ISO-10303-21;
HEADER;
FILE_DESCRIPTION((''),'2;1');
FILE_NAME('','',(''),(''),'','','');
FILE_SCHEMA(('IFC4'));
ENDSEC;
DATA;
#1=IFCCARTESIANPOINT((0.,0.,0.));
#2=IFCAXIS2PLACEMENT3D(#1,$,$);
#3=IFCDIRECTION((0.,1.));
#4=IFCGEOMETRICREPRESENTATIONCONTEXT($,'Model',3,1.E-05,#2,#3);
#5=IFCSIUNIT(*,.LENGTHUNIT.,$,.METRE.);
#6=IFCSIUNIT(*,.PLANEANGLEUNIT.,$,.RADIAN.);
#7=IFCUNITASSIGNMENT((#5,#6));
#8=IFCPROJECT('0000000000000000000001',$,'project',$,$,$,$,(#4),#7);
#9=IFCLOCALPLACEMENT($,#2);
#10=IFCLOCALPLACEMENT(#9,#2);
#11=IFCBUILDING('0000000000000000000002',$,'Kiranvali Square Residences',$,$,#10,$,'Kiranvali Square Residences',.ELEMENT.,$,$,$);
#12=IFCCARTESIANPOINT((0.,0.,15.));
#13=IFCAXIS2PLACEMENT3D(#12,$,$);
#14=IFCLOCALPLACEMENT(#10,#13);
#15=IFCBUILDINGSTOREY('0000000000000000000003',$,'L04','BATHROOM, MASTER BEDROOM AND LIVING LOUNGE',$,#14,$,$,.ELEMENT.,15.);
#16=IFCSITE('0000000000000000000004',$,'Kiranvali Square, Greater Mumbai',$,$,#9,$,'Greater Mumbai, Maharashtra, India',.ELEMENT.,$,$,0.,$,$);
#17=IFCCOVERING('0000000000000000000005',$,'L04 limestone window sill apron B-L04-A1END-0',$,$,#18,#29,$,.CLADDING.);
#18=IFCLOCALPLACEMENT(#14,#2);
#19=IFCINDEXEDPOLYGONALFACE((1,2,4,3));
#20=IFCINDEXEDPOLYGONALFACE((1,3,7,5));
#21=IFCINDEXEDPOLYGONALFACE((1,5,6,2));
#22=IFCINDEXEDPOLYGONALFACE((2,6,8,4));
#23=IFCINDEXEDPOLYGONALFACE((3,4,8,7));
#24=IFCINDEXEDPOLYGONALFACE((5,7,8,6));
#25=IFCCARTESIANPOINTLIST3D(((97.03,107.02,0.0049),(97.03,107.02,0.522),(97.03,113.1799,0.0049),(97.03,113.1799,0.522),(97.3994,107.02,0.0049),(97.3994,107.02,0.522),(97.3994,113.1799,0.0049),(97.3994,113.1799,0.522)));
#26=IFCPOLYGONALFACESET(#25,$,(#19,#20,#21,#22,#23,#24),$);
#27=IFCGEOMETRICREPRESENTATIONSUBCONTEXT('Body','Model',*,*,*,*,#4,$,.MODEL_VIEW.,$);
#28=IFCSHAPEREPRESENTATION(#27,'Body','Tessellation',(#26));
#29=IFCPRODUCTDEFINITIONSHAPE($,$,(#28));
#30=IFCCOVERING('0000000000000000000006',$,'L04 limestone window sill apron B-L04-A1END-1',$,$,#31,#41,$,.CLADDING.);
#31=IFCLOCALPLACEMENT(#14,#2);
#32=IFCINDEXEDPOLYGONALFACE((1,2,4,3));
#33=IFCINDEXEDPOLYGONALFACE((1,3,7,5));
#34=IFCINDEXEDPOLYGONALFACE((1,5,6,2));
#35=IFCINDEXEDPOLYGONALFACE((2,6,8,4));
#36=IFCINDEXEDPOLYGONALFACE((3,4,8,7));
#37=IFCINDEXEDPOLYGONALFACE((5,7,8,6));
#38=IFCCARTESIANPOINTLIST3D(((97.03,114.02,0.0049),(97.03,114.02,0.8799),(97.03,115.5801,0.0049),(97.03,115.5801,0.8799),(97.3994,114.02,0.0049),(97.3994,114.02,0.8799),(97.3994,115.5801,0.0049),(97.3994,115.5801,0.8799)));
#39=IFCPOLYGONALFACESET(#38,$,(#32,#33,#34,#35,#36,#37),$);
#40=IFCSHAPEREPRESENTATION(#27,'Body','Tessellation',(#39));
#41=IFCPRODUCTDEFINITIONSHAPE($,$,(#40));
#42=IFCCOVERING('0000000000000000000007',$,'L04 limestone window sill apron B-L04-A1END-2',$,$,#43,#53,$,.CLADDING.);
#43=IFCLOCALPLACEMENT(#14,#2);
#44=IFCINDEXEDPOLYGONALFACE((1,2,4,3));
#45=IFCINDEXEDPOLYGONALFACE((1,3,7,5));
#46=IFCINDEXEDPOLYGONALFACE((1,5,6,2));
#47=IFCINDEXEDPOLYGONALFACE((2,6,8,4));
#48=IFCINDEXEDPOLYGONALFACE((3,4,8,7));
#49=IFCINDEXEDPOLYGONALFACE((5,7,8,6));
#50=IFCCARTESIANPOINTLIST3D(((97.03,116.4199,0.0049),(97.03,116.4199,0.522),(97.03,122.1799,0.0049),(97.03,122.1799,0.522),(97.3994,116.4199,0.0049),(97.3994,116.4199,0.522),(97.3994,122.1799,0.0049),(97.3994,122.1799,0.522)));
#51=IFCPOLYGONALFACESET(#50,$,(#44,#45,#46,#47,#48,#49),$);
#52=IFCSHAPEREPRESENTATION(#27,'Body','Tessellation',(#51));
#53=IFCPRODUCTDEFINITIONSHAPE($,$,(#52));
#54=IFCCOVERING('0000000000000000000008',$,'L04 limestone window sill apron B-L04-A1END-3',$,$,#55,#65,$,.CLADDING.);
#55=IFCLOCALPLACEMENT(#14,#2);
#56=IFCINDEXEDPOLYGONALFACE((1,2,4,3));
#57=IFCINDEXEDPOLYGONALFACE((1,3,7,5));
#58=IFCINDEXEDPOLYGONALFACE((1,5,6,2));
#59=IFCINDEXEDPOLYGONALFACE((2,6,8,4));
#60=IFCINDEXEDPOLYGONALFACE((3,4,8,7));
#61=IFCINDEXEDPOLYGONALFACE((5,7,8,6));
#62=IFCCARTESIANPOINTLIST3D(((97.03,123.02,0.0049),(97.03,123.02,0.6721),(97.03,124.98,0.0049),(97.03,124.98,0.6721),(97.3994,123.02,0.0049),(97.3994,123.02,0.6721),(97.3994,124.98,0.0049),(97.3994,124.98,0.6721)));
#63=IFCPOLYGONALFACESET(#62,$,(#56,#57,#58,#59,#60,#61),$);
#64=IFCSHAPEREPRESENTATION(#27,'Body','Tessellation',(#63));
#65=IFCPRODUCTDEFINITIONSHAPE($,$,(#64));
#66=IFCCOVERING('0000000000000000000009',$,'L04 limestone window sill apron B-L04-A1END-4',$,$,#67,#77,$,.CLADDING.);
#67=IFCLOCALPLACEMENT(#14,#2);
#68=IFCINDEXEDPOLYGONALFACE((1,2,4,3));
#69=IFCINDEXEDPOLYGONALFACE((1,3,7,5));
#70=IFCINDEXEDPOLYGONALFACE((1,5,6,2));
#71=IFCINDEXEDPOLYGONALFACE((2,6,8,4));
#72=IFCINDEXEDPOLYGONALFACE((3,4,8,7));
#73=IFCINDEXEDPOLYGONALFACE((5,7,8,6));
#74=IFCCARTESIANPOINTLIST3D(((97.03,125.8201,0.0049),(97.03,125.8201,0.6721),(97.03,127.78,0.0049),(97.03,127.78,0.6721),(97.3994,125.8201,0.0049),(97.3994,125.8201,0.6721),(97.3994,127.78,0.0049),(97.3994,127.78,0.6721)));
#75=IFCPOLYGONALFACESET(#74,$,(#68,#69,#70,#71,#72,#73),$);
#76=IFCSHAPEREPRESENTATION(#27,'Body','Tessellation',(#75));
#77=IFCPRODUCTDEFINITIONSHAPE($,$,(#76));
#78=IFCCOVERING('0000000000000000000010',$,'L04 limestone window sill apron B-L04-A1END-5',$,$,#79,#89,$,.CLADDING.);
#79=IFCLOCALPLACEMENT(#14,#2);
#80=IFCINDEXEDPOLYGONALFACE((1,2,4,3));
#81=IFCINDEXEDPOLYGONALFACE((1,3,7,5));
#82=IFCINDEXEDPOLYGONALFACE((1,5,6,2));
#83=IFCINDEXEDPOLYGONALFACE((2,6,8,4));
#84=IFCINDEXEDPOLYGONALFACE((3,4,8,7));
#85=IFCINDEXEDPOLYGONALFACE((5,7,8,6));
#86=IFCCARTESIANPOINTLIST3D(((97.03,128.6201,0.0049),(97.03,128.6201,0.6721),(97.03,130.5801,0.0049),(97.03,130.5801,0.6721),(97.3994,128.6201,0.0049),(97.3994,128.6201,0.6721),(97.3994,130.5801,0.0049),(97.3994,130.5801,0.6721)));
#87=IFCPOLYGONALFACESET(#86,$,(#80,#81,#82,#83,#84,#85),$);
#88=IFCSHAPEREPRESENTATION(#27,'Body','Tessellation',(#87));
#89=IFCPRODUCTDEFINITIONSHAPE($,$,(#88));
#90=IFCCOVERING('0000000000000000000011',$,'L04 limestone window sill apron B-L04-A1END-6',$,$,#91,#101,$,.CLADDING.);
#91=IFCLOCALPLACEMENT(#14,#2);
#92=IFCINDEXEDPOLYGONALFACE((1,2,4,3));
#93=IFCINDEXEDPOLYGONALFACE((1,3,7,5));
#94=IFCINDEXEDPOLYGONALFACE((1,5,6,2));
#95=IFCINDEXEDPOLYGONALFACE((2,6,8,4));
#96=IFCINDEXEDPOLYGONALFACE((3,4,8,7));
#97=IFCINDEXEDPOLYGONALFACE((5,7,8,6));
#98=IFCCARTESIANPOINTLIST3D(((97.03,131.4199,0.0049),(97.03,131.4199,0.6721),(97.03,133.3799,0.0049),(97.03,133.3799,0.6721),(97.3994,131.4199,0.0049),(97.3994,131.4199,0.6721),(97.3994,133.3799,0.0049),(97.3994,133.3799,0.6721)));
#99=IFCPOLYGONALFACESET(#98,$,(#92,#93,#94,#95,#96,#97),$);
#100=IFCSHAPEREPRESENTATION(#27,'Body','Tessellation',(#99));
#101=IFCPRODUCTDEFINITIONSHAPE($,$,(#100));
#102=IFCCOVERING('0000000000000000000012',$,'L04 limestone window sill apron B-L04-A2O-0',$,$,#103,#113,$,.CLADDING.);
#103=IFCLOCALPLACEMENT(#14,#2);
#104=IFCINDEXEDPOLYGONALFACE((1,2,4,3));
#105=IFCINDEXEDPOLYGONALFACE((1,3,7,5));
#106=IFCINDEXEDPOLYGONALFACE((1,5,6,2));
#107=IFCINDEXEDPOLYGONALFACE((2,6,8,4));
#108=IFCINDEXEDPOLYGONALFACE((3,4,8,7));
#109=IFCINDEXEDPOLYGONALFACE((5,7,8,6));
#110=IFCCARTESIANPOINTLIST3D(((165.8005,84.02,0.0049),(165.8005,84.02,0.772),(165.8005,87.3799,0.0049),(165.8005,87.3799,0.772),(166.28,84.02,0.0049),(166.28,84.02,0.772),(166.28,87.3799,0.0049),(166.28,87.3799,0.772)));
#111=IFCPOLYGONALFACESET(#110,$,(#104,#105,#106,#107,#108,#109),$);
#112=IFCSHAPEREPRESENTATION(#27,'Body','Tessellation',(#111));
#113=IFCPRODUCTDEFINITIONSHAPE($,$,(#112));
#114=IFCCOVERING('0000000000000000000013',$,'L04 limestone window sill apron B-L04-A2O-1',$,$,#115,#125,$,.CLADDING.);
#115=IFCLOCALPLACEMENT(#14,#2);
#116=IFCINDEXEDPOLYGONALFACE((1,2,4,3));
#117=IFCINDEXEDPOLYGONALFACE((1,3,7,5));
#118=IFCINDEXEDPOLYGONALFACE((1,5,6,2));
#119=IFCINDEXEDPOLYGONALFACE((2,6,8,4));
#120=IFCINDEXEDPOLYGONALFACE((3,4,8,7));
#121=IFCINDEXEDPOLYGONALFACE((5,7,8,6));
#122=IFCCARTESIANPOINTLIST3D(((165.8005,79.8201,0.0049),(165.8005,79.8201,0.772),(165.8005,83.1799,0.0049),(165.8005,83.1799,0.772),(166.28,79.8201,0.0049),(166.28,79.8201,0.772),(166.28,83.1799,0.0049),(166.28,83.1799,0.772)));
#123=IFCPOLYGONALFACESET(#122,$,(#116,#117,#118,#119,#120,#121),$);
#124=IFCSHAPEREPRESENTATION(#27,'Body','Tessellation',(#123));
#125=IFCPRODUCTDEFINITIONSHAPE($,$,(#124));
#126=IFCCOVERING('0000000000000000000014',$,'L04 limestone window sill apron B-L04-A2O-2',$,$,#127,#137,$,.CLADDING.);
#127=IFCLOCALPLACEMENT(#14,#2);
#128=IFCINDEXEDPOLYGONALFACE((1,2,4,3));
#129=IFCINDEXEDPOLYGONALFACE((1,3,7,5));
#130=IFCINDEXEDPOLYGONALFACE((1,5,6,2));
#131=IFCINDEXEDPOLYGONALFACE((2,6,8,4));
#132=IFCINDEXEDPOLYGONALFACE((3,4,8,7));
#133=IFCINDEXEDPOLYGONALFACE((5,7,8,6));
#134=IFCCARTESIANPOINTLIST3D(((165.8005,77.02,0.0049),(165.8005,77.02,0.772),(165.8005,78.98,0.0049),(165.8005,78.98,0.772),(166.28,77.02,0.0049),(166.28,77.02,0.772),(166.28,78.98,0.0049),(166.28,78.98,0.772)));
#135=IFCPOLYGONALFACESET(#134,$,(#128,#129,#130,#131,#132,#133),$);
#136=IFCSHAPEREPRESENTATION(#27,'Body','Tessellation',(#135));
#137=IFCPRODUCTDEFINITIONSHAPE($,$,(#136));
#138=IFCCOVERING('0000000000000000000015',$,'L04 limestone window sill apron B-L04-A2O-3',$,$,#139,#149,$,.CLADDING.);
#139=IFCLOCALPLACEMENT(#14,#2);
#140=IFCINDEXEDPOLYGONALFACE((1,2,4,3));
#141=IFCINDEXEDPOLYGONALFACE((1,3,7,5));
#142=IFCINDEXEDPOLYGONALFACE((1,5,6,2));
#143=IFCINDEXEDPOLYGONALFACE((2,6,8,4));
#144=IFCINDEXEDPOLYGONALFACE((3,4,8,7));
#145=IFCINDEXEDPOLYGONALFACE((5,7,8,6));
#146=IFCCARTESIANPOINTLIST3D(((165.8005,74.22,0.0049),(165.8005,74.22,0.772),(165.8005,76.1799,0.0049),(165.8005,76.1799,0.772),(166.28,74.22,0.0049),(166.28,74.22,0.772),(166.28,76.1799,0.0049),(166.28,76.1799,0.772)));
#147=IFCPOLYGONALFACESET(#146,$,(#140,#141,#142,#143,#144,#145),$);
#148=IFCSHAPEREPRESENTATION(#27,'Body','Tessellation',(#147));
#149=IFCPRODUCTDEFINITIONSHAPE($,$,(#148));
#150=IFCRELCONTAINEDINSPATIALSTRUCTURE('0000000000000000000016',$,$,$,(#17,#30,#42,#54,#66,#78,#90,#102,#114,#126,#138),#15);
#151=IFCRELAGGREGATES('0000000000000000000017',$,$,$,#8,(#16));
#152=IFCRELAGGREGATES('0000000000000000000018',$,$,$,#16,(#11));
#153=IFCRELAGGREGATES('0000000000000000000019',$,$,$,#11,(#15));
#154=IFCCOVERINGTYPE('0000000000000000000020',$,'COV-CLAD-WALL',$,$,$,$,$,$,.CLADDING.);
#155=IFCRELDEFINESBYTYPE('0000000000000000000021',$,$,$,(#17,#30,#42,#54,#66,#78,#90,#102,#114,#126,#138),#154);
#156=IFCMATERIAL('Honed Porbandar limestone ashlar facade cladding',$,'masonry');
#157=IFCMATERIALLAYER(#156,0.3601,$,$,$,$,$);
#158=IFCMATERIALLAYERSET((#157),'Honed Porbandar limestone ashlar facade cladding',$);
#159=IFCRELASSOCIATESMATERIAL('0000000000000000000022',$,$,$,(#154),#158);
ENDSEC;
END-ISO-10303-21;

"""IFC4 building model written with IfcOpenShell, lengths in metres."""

from ifc_helpers import new_model, si_unit, direction, frame, origin, place, context, subcontext, project, spatial, polyline, outline, extrude, material, layer, layer_set, type_object, element, save


model = new_model("IFC4")

# Units and contexts
model_context = context("Model", 3, precision=1e-05, world=origin(), true_north=direction((0.0, 1.0)))
body_context = subcontext(model_context, "Body", "Model", "MODEL_VIEW")
ifc_project = project(units=[si_unit("LENGTHUNIT", "METRE"), si_unit("PLANEANGLEUNIT", "RADIAN")], contexts=[model_context])

# Site, building, storey
site_placement = place(None, origin())
site = spatial("IfcSite", under=ifc_project, at=site_placement, Name="Kiranvali Square, Greater Mumbai", LongName="Greater Mumbai, Maharashtra, India", CompositionType="ELEMENT", RefElevation=0.0)
building_placement = place(site_placement, origin())
building = spatial("IfcBuilding", under=site, at=building_placement, Name="Kiranvali Square Residences", LongName="Kiranvali Square Residences", CompositionType="ELEMENT")
storey_placement = place(building_placement, frame((0.0, 0.0, 15.0)))
storey = spatial("IfcBuildingStorey", under=building, at=storey_placement, Name="L04", Description="BATHROOM, MASTER BEDROOM AND LIVING LOUNGE", CompositionType="ELEMENT", Elevation=15.0)

# Coverings
ifc_material_1 = material(Name="Honed Porbandar limestone ashlar facade cladding", Category="masonry")
ifc_layer_1 = layer(ifc_material_1, 0.3601)
ifc_layer_set_1 = layer_set([ifc_layer_1], Name="Honed Porbandar limestone ashlar facade cladding")
covering_type_1 = type_object("IfcCoveringType", Name="COV-CLAD-WALL", PredefinedType="CLADDING", material=ifc_layer_set_1)
covering_1_placement = place(storey_placement, frame((0.0, 0.0, 0.0049)))
element("IfcCovering", 1, at=covering_1_placement, inside=storey, type_object=covering_type_1, Name="L04 limestone window sill apron B-L04-A1END-0", PredefinedType="CLADDING", context=body_context, shape_type="SweptSolid", body=[
    extrude(outline(polyline([(97.3994, 107.02), (97.3994, 113.1799), (97.03, 113.1799), (97.03, 107.02), (97.3994, 107.02)])), origin(), (0.0, 0.0, 1.0), 0.5171),
])
covering_2_placement = place(storey_placement, frame((0.0, 0.0, 0.0049)))
element("IfcCovering", 2, at=covering_2_placement, inside=storey, type_object=covering_type_1, Name="L04 limestone window sill apron B-L04-A1END-1", PredefinedType="CLADDING", context=body_context, shape_type="SweptSolid", body=[
    extrude(outline(polyline([(97.3994, 114.02), (97.3994, 115.5801), (97.03, 115.5801), (97.03, 114.02), (97.3994, 114.02)])), origin(), (0.0, 0.0, 1.0), 0.875),
])
covering_3_placement = place(storey_placement, frame((0.0, 0.0, 0.0049)))
element("IfcCovering", 3, at=covering_3_placement, inside=storey, type_object=covering_type_1, Name="L04 limestone window sill apron B-L04-A1END-2", PredefinedType="CLADDING", context=body_context, shape_type="SweptSolid", body=[
    extrude(outline(polyline([(97.3994, 116.4199), (97.3994, 122.1799), (97.03, 122.1799), (97.03, 116.4199), (97.3994, 116.4199)])), origin(), (0.0, 0.0, 1.0), 0.5171),
])
covering_4_placement = place(storey_placement, frame((0.0, 0.0, 0.0049)))
element("IfcCovering", 4, at=covering_4_placement, inside=storey, type_object=covering_type_1, Name="L04 limestone window sill apron B-L04-A1END-3", PredefinedType="CLADDING", context=body_context, shape_type="SweptSolid", body=[
    extrude(outline(polyline([(97.3994, 123.02), (97.3994, 124.98), (97.03, 124.98), (97.03, 123.02), (97.3994, 123.02)])), origin(), (0.0, 0.0, 1.0), 0.6672),
])
covering_5_placement = place(storey_placement, frame((0.0, 0.0, 0.0049)))
element("IfcCovering", 5, at=covering_5_placement, inside=storey, type_object=covering_type_1, Name="L04 limestone window sill apron B-L04-A1END-4", PredefinedType="CLADDING", context=body_context, shape_type="SweptSolid", body=[
    extrude(outline(polyline([(97.3994, 125.8201), (97.3994, 127.78), (97.03, 127.78), (97.03, 125.8201), (97.3994, 125.8201)])), origin(), (0.0, 0.0, 1.0), 0.6672),
])
covering_6_placement = place(storey_placement, frame((0.0, 0.0, 0.0049)))
element("IfcCovering", 6, at=covering_6_placement, inside=storey, type_object=covering_type_1, Name="L04 limestone window sill apron B-L04-A1END-5", PredefinedType="CLADDING", context=body_context, shape_type="SweptSolid", body=[
    extrude(outline(polyline([(97.3994, 128.6201), (97.3994, 130.5801), (97.03, 130.5801), (97.03, 128.6201), (97.3994, 128.6201)])), origin(), (0.0, 0.0, 1.0), 0.6672),
])
covering_7_placement = place(storey_placement, frame((0.0, 0.0, 0.0049)))
element("IfcCovering", 7, at=covering_7_placement, inside=storey, type_object=covering_type_1, Name="L04 limestone window sill apron B-L04-A1END-6", PredefinedType="CLADDING", context=body_context, shape_type="SweptSolid", body=[
    extrude(outline(polyline([(97.3994, 131.4199), (97.3994, 133.3799), (97.03, 133.3799), (97.03, 131.4199), (97.3994, 131.4199)])), origin(), (0.0, 0.0, 1.0), 0.6672),
])
covering_8_placement = place(storey_placement, frame((0.0, 0.0, 0.0049)))
element("IfcCovering", 8, at=covering_8_placement, inside=storey, type_object=covering_type_1, Name="L04 limestone window sill apron B-L04-A2O-0", PredefinedType="CLADDING", context=body_context, shape_type="SweptSolid", body=[
    extrude(outline(polyline([(165.8005, 87.3799), (165.8005, 84.02), (166.28, 84.02), (166.28, 87.3799), (165.8005, 87.3799)])), origin(), (0.0, 0.0, 1.0), 0.7671),
])
covering_9_placement = place(storey_placement, frame((0.0, 0.0, 0.0049)))
element("IfcCovering", 9, at=covering_9_placement, inside=storey, type_object=covering_type_1, Name="L04 limestone window sill apron B-L04-A2O-1", PredefinedType="CLADDING", context=body_context, shape_type="SweptSolid", body=[
    extrude(outline(polyline([(165.8005, 83.1799), (165.8005, 79.8201), (166.28, 79.8201), (166.28, 83.1799), (165.8005, 83.1799)])), origin(), (0.0, 0.0, 1.0), 0.7671),
])
covering_10_placement = place(storey_placement, frame((0.0, 0.0, 0.0049)))
element("IfcCovering", 10, at=covering_10_placement, inside=storey, type_object=covering_type_1, Name="L04 limestone window sill apron B-L04-A2O-2", PredefinedType="CLADDING", context=body_context, shape_type="SweptSolid", body=[
    extrude(outline(polyline([(165.8005, 78.98), (165.8005, 77.02), (166.28, 77.02), (166.28, 78.98), (165.8005, 78.98)])), origin(), (0.0, 0.0, 1.0), 0.7671),
])
covering_11_placement = place(storey_placement, frame((0.0, 0.0, 0.0049)))
element("IfcCovering", 11, at=covering_11_placement, inside=storey, type_object=covering_type_1, Name="L04 limestone window sill apron B-L04-A2O-3", PredefinedType="CLADDING", context=body_context, shape_type="SweptSolid", body=[
    extrude(outline(polyline([(165.8005, 76.1799), (165.8005, 74.22), (166.28, 74.22), (166.28, 76.1799), (165.8005, 76.1799)])), origin(), (0.0, 0.0, 1.0), 0.7671),
])

save(model, "model.ifc")
